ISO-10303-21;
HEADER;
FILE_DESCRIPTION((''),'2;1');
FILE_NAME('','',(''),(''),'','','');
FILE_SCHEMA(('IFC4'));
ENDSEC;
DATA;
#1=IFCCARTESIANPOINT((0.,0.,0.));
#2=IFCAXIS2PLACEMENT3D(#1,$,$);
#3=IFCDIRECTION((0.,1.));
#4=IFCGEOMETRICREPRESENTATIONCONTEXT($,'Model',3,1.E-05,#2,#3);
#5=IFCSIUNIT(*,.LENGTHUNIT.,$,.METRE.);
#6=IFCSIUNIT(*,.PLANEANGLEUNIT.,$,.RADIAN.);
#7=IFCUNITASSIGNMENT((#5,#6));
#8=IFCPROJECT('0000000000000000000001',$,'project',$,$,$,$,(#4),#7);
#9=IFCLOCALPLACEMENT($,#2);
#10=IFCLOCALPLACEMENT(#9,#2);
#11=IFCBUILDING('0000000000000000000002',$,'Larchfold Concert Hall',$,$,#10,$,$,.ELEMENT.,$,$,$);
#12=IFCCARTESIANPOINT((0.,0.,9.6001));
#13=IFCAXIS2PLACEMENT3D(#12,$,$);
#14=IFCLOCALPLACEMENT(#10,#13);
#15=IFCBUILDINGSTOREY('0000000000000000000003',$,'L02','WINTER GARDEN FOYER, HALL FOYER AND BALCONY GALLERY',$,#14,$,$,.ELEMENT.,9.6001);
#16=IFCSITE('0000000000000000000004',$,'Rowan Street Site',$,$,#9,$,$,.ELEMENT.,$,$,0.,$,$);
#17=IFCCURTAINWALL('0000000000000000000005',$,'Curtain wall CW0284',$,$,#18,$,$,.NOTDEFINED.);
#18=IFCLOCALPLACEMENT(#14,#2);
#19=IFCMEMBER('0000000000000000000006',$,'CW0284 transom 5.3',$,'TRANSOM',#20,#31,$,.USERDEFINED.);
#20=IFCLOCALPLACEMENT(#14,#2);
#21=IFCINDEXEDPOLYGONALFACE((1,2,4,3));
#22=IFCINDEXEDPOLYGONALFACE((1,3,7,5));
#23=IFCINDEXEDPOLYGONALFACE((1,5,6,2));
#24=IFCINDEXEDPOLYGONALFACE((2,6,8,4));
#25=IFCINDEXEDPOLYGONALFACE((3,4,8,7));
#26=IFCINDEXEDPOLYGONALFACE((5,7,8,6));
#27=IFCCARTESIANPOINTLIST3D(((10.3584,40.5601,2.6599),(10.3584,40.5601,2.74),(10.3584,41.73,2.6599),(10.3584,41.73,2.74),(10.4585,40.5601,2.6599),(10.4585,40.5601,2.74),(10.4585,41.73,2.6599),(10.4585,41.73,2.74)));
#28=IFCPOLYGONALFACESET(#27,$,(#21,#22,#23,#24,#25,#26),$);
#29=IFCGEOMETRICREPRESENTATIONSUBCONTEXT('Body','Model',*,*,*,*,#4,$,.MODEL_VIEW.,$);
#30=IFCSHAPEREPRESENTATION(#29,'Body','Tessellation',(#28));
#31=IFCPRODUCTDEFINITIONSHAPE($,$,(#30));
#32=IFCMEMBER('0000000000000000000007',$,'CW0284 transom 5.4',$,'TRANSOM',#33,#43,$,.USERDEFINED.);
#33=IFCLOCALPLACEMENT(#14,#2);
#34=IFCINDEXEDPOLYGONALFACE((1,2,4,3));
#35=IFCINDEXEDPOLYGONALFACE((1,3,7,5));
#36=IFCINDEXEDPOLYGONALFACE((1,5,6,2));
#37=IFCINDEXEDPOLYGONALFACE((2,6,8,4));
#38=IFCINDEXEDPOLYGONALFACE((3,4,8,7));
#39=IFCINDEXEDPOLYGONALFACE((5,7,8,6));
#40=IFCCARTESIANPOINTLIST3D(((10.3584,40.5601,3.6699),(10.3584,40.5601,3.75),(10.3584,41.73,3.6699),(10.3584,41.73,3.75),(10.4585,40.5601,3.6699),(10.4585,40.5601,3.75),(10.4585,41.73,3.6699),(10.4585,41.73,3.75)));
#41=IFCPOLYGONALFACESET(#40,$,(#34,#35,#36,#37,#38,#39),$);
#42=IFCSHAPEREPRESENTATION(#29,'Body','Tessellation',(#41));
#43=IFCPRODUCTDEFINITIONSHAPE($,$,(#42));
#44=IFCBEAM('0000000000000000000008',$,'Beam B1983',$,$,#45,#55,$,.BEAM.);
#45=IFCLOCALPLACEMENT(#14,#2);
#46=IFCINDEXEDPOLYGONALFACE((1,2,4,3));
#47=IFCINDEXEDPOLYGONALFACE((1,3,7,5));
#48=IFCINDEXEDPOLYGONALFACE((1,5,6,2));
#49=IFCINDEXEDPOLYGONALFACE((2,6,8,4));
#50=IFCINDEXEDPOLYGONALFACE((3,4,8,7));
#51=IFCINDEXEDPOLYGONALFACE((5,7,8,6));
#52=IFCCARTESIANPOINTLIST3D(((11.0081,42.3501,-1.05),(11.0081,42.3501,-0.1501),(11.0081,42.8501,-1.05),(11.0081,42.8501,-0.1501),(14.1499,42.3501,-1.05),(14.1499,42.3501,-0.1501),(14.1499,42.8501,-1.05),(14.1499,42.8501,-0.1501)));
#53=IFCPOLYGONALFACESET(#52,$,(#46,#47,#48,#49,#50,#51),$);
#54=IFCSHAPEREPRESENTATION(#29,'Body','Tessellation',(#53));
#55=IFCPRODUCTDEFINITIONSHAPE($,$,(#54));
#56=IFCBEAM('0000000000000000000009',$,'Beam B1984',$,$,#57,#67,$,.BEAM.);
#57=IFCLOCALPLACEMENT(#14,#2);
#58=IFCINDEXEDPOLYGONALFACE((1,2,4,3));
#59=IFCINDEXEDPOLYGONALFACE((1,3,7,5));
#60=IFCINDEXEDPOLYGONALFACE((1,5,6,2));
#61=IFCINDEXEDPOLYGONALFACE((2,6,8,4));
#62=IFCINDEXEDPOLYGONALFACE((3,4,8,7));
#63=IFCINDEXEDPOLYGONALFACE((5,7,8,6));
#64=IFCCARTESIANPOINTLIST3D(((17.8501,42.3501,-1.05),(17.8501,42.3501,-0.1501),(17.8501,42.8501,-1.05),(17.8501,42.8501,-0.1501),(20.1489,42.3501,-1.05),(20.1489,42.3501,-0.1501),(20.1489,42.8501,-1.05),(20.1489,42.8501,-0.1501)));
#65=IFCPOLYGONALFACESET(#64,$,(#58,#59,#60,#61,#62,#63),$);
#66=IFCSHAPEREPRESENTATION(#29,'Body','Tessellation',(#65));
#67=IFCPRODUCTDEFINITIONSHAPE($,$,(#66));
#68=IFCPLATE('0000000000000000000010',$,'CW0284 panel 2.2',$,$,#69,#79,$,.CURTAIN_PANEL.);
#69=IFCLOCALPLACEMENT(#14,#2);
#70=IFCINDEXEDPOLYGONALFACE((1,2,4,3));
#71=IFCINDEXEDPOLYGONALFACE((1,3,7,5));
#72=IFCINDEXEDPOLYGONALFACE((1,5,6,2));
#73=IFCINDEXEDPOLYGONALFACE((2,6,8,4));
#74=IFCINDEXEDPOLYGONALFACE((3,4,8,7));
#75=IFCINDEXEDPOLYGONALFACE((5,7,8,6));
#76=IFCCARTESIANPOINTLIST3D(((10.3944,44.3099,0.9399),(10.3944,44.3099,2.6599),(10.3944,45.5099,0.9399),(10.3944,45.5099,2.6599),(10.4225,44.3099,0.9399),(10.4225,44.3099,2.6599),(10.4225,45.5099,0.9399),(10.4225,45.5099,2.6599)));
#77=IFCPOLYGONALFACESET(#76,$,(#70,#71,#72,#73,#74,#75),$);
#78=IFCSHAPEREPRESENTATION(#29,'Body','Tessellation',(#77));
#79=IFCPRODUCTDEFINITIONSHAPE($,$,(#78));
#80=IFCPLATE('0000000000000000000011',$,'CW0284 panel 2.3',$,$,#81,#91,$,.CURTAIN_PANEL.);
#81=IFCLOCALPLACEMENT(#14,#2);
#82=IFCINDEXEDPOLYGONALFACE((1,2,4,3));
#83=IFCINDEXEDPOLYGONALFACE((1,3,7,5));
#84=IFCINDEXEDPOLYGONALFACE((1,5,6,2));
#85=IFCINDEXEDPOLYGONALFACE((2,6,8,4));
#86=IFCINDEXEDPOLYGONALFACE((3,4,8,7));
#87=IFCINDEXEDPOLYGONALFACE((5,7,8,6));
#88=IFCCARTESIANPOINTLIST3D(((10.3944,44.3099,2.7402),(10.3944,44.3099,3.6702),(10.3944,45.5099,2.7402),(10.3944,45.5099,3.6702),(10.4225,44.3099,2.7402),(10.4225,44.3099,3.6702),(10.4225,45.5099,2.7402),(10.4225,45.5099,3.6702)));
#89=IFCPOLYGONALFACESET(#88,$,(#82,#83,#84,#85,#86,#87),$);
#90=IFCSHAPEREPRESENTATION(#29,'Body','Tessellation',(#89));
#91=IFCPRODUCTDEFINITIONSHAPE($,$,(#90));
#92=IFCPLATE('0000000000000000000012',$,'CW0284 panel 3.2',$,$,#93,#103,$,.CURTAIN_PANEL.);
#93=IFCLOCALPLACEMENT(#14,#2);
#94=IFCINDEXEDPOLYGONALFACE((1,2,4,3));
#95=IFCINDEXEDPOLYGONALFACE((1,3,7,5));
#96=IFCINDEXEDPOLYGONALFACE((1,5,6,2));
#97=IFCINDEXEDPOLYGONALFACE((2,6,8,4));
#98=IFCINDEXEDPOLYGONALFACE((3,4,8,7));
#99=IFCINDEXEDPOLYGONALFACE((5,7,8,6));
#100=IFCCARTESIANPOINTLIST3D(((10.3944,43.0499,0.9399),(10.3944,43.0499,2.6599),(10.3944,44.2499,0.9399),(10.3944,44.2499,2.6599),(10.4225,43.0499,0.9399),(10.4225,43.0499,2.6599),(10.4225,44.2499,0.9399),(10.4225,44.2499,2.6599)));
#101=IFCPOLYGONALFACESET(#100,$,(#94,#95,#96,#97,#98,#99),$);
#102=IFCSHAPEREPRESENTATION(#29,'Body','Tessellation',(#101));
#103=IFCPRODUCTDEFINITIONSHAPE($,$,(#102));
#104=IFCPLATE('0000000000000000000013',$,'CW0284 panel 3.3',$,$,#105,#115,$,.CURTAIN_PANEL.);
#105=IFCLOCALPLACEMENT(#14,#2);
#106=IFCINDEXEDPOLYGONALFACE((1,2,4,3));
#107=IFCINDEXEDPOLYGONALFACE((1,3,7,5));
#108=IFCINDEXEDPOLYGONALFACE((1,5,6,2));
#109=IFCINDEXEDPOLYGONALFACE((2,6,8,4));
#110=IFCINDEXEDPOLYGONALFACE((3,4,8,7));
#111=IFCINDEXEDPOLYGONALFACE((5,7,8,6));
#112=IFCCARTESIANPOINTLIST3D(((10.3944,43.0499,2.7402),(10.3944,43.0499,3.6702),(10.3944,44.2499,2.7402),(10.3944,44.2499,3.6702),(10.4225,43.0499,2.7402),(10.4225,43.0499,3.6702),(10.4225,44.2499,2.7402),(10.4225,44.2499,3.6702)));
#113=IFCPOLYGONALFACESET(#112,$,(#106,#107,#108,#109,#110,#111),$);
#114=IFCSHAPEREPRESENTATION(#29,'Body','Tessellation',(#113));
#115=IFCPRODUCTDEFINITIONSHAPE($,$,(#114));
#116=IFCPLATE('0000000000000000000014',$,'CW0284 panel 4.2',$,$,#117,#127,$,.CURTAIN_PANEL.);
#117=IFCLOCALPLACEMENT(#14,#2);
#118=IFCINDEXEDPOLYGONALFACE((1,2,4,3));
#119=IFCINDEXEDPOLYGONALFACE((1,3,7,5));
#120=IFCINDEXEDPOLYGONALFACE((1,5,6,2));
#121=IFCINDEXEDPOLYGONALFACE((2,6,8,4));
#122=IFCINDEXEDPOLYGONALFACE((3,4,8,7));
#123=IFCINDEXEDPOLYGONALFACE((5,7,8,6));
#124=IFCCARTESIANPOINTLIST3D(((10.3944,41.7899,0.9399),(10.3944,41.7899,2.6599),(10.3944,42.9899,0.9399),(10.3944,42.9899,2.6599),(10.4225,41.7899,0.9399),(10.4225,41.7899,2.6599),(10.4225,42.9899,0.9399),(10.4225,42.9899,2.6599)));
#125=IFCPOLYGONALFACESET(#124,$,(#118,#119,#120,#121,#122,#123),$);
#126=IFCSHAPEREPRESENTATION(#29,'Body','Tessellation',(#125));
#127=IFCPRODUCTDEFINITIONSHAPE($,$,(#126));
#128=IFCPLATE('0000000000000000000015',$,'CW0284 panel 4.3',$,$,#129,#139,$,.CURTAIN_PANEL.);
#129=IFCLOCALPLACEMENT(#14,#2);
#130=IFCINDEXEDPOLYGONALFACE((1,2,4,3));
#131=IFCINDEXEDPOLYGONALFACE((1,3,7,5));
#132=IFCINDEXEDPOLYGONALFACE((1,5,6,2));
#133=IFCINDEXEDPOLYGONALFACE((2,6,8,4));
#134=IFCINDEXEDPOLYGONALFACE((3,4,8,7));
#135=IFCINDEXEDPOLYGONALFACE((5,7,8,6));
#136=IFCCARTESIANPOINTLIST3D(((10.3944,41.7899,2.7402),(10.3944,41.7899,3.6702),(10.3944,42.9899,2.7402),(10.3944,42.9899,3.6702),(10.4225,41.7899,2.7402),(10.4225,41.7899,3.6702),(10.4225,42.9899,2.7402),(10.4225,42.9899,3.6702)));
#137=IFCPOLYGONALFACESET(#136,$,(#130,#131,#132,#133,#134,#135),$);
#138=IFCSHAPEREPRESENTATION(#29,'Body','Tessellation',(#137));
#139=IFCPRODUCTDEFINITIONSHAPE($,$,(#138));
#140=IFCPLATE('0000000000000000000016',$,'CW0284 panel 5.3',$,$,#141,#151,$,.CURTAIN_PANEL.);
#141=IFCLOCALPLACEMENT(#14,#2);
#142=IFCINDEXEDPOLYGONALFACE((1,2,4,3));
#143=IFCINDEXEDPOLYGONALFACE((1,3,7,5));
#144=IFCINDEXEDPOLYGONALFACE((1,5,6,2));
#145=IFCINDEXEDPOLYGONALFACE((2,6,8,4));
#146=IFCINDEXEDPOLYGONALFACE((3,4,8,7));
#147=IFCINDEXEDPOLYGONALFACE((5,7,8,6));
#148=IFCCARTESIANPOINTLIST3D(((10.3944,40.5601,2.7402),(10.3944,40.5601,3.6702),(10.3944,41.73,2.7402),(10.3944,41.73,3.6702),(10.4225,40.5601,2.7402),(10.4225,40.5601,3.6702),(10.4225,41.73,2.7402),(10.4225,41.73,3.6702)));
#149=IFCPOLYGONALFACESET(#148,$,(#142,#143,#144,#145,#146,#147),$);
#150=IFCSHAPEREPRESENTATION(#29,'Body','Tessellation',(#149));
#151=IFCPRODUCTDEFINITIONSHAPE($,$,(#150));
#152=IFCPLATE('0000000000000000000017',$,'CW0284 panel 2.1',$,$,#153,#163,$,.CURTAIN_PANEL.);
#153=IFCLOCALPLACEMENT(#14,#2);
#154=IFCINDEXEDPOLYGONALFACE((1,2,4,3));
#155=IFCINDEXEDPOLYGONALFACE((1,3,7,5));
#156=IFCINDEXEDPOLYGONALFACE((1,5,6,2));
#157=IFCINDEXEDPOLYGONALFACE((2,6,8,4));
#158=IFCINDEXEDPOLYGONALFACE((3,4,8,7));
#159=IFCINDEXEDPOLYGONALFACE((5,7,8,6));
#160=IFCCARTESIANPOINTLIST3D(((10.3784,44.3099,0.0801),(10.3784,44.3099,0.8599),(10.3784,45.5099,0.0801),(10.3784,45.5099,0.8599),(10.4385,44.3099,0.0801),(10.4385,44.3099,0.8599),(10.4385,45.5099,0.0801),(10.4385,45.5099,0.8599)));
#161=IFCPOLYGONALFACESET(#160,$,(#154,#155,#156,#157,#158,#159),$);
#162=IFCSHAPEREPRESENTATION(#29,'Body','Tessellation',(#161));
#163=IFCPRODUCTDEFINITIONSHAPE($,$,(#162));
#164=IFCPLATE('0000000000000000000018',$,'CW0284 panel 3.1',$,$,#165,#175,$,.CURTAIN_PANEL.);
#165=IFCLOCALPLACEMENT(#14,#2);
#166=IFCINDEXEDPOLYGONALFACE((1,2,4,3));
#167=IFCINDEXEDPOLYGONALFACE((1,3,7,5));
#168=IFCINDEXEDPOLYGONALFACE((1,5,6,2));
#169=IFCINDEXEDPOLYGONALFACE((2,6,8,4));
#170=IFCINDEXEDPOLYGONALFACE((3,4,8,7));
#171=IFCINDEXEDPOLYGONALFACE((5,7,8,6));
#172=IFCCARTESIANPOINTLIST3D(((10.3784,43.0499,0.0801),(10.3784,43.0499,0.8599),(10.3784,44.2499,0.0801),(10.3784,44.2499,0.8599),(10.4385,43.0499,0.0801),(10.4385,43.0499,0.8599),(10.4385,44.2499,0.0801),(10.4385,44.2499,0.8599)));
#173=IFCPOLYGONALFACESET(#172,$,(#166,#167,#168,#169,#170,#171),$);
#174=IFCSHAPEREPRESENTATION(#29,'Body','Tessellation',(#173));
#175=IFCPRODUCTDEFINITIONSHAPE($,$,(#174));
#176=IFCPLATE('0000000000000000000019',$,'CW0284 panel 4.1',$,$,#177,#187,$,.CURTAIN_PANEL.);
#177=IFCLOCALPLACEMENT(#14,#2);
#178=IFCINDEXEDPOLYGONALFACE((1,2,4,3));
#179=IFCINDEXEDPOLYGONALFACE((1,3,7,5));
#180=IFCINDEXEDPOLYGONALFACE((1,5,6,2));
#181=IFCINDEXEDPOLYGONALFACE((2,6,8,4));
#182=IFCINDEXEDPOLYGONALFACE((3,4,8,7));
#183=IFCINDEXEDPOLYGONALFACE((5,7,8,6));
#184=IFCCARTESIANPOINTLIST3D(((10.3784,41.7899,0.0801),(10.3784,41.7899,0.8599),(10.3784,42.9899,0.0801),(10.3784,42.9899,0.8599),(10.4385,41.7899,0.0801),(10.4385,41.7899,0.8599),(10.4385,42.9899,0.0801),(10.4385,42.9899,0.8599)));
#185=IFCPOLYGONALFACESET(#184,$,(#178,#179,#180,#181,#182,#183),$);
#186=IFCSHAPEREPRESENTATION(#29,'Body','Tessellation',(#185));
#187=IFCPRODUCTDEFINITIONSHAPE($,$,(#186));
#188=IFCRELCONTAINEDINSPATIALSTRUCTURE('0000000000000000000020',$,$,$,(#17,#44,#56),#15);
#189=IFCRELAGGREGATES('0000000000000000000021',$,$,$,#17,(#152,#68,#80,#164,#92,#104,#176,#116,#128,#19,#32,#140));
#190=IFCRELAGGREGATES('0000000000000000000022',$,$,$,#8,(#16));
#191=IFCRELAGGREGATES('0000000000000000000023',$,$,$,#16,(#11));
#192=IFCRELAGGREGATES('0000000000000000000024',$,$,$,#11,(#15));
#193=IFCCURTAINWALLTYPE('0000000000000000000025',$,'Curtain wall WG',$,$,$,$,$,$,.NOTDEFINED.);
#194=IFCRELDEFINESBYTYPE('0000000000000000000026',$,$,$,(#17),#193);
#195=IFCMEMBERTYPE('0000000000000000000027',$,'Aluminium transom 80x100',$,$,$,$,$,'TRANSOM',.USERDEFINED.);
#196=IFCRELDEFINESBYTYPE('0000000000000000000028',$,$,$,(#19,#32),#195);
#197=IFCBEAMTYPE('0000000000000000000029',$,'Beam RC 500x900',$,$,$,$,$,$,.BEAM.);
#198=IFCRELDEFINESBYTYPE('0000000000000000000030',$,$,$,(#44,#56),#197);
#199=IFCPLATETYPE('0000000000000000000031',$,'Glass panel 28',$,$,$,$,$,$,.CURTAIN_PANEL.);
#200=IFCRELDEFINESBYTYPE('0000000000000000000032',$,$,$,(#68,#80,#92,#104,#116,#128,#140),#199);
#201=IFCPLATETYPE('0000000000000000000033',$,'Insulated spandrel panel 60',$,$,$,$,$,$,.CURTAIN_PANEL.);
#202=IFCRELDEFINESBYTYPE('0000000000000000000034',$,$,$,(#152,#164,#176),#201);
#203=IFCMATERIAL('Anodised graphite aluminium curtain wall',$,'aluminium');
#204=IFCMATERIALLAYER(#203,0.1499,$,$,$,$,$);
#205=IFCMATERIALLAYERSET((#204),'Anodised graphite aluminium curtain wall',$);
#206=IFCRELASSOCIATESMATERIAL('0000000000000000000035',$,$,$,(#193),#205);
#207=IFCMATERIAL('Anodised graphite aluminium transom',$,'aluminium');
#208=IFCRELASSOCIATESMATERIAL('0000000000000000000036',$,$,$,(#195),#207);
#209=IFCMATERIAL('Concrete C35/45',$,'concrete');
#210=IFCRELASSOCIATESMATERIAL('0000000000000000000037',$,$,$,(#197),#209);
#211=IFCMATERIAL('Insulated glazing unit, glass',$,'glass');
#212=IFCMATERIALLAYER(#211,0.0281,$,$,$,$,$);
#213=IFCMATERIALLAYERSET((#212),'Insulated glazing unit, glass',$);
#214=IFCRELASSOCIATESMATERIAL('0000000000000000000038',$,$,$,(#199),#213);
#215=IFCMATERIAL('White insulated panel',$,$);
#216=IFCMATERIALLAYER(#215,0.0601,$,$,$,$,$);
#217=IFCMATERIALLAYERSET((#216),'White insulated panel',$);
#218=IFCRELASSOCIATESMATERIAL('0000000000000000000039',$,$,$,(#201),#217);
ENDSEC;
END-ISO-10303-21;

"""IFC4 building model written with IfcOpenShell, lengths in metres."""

from ifc_helpers import new_model, si_unit, direction, frame, origin, origin_2d, place, context, subcontext, project, spatial, rectangle, extrude, material, layer, layer_set, material_profile, profile_set, type_object, element, aggregate, save


model = new_model("IFC4")

# Units and contexts
model_context = context("Model", 3, precision=1e-05, world=origin(), true_north=direction((0.0, 1.0)))
body_context = subcontext(model_context, "Body", "Model", "MODEL_VIEW")
ifc_project = project(units=[si_unit("LENGTHUNIT", "METRE"), si_unit("PLANEANGLEUNIT", "RADIAN")], contexts=[model_context])

# Site, building, storey
site_placement = place(None, origin())
site = spatial("IfcSite", under=ifc_project, at=site_placement, Name="Rowan Street Site", CompositionType="ELEMENT", RefElevation=0.0)
building_placement = place(site_placement, origin())
building = spatial("IfcBuilding", under=site, at=building_placement, Name="Larchfold Concert Hall", CompositionType="ELEMENT")
storey_placement = place(building_placement, frame((0.0, 0.0, 9.6001)))
storey = spatial("IfcBuildingStorey", under=building, at=storey_placement, Name="L02", Description="WINTER GARDEN FOYER, HALL FOYER AND BALCONY GALLERY", CompositionType="ELEMENT", Elevation=9.6001)

# Curtain wall, members
ifc_material_1 = material(Name="Anodised graphite aluminium curtain wall", Category="aluminium")
ifc_layer_1 = layer(ifc_material_1, 0.1499)
ifc_layer_set_1 = layer_set([ifc_layer_1], Name="Anodised graphite aluminium curtain wall")
curtain_wall_type = type_object("IfcCurtainWallType", Name="Curtain wall WG", PredefinedType="NOTDEFINED", material=ifc_layer_set_1)
curtain_wall_placement = place(storey_placement, origin())
curtain_wall = element("IfcCurtainWall", 1, at=curtain_wall_placement, inside=storey, type_object=curtain_wall_type, Name="Curtain wall CW0284", PredefinedType="NOTDEFINED")
ifc_material_2 = material(Name="Anodised graphite aluminium transom", Category="aluminium")
ifc_material_profile_1 = material_profile(ifc_material_2, rectangle(XDim=0.1001, YDim=0.0801, at=origin_2d()))
ifc_profile_set_1 = profile_set([ifc_material_profile_1], Name="Anodised graphite aluminium transom")
member_type_1 = type_object("IfcMemberType", Name="Aluminium transom 80x100", ElementType="TRANSOM", PredefinedType="USERDEFINED", material=ifc_profile_set_1)
member_1_placement = place(storey_placement, frame((10.4084, 41.73, 2.7), z_axis=(0.0, -1.0, 0.0), x_axis=(1.0, 0.0, 0.0)))
member_1 = element("IfcMember", 2, at=member_1_placement, type_object=member_type_1, Name="CW0284 transom 5.3", ObjectType="TRANSOM", PredefinedType="USERDEFINED", context=body_context, shape_type="SweptSolid", body=[
    extrude(rectangle(XDim=0.1001, YDim=0.0801, at=origin_2d()), origin(), (0.0, 0.0, 1.0), 1.1699),
])
member_2_placement = place(storey_placement, frame((10.4084, 41.73, 3.71), z_axis=(0.0, -1.0, 0.0), x_axis=(1.0, 0.0, 0.0)))
member_2 = element("IfcMember", 3, at=member_2_placement, type_object=member_type_1, Name="CW0284 transom 5.4", ObjectType="TRANSOM", PredefinedType="USERDEFINED", context=body_context, shape_type="SweptSolid", body=[
    extrude(rectangle(XDim=0.1001, YDim=0.0801, at=origin_2d()), origin(), (0.0, 0.0, 1.0), 1.1699),
])

# Beams
ifc_material_3 = material(Name="Concrete C35/45", Category="concrete")
ifc_material_profile_2 = material_profile(ifc_material_3, rectangle(XDim=0.5, YDim=0.8999, at=origin_2d()))
ifc_profile_set_2 = profile_set([ifc_material_profile_2], Name="Concrete C35/45")
beam_type = type_object("IfcBeamType", Name="Beam RC 500x900", PredefinedType="BEAM", material=ifc_profile_set_2)
beam_1_placement = place(storey_placement, frame((11.0081, 42.6001, -0.6001), z_axis=(1.0, 0.0, 0.0), x_axis=(0.0, 1.0, 0.0)))
element("IfcBeam", 4, at=beam_1_placement, inside=storey, type_object=beam_type, Name="Beam B1983", PredefinedType="BEAM", context=body_context, shape_type="SweptSolid", body=[
    extrude(rectangle(XDim=0.5, YDim=0.8999, at=origin_2d()), origin(), (0.0, 0.0, 1.0), 3.1418),
])
beam_2_placement = place(storey_placement, frame((17.8501, 42.6001, -0.6001), z_axis=(1.0, 0.0, 0.0), x_axis=(0.0, 1.0, 0.0)))
element("IfcBeam", 5, at=beam_2_placement, inside=storey, type_object=beam_type, Name="Beam B1984", PredefinedType="BEAM", context=body_context, shape_type="SweptSolid", body=[
    extrude(rectangle(XDim=0.5, YDim=0.8999, at=origin_2d()), origin(), (0.0, 0.0, 1.0), 2.2988),
])

# Plates
ifc_material_4 = material(Name="Insulated glazing unit, glass", Category="glass")
ifc_layer_2 = layer(ifc_material_4, 0.0281)
ifc_layer_set_2 = layer_set([ifc_layer_2], Name="Insulated glazing unit, glass")
plate_type_1 = type_object("IfcPlateType", Name="Glass panel 28", PredefinedType="CURTAIN_PANEL", material=ifc_layer_set_2)
plate_1_placement = place(storey_placement, frame((10.4084, 44.9099, 0.9399), z_axis=(0.0, 0.0, 1.0), x_axis=(0.0, -1.0, 0.0)))
plate_1 = element("IfcPlate", 6, at=plate_1_placement, type_object=plate_type_1, Name="CW0284 panel 2.2", PredefinedType="CURTAIN_PANEL", context=body_context, shape_type="SweptSolid", body=[
    extrude(rectangle(XDim=1.2, YDim=0.0281, at=origin_2d()), origin(), (0.0, 0.0, 1.0), 1.72),
])
plate_2_placement = place(storey_placement, frame((10.4084, 44.9099, 2.7402), z_axis=(0.0, 0.0, 1.0), x_axis=(0.0, -1.0, 0.0)))
plate_2 = element("IfcPlate", 7, at=plate_2_placement, type_object=plate_type_1, Name="CW0284 panel 2.3", PredefinedType="CURTAIN_PANEL", context=body_context, shape_type="SweptSolid", body=[
    extrude(rectangle(XDim=1.2, YDim=0.0281, at=origin_2d()), origin(), (0.0, 0.0, 1.0), 0.9299),
])
plate_3_placement = place(storey_placement, frame((10.4084, 43.6499, 0.9399), z_axis=(0.0, 0.0, 1.0), x_axis=(0.0, -1.0, 0.0)))
plate_3 = element("IfcPlate", 8, at=plate_3_placement, type_object=plate_type_1, Name="CW0284 panel 3.2", PredefinedType="CURTAIN_PANEL", context=body_context, shape_type="SweptSolid", body=[
    extrude(rectangle(XDim=1.2, YDim=0.0281, at=origin_2d()), origin(), (0.0, 0.0, 1.0), 1.72),
])
plate_4_placement = place(storey_placement, frame((10.4084, 43.6499, 2.7402), z_axis=(0.0, 0.0, 1.0), x_axis=(0.0, -1.0, 0.0)))
plate_4 = element("IfcPlate", 9, at=plate_4_placement, type_object=plate_type_1, Name="CW0284 panel 3.3", PredefinedType="CURTAIN_PANEL", context=body_context, shape_type="SweptSolid", body=[
    extrude(rectangle(XDim=1.2, YDim=0.0281, at=origin_2d()), origin(), (0.0, 0.0, 1.0), 0.9299),
])
plate_5_placement = place(storey_placement, frame((10.4084, 42.3899, 0.9399), z_axis=(0.0, 0.0, 1.0), x_axis=(0.0, -1.0, 0.0)))
plate_5 = element("IfcPlate", 10, at=plate_5_placement, type_object=plate_type_1, Name="CW0284 panel 4.2", PredefinedType="CURTAIN_PANEL", context=body_context, shape_type="SweptSolid", body=[
    extrude(rectangle(XDim=1.2, YDim=0.0281, at=origin_2d()), origin(), (0.0, 0.0, 1.0), 1.72),
])
plate_6_placement = place(storey_placement, frame((10.4084, 42.3899, 2.7402), z_axis=(0.0, 0.0, 1.0), x_axis=(0.0, -1.0, 0.0)))
plate_6 = element("IfcPlate", 11, at=plate_6_placement, type_object=plate_type_1, Name="CW0284 panel 4.3", PredefinedType="CURTAIN_PANEL", context=body_context, shape_type="SweptSolid", body=[
    extrude(rectangle(XDim=1.2, YDim=0.0281, at=origin_2d()), origin(), (0.0, 0.0, 1.0), 0.9299),
])
plate_7_placement = place(storey_placement, frame((10.4084, 41.145, 2.7402), z_axis=(0.0, 0.0, 1.0), x_axis=(0.0, -1.0, 0.0)))
plate_7 = element("IfcPlate", 12, at=plate_7_placement, type_object=plate_type_1, Name="CW0284 panel 5.3", PredefinedType="CURTAIN_PANEL", context=body_context, shape_type="SweptSolid", body=[
    extrude(rectangle(XDim=1.1699, YDim=0.0281, at=origin_2d()), origin(), (0.0, 0.0, 1.0), 0.9299),
])
ifc_material_5 = material(Name="White insulated panel")
ifc_layer_3 = layer(ifc_material_5, 0.0601)
ifc_layer_set_3 = layer_set([ifc_layer_3], Name="White insulated panel")
plate_type_2 = type_object("IfcPlateType", Name="Insulated spandrel panel 60", PredefinedType="CURTAIN_PANEL", material=ifc_layer_set_3)
plate_8_placement = place(storey_placement, frame((10.4084, 44.9099, 0.0801), z_axis=(0.0, 0.0, 1.0), x_axis=(0.0, -1.0, 0.0)))
plate_8 = element("IfcPlate", 13, at=plate_8_placement, type_object=plate_type_2, Name="CW0284 panel 2.1", PredefinedType="CURTAIN_PANEL", context=body_context, shape_type="SweptSolid", body=[
    extrude(rectangle(XDim=1.2, YDim=0.0601, at=origin_2d()), origin(), (0.0, 0.0, 1.0), 0.7798),
])
plate_9_placement = place(storey_placement, frame((10.4084, 43.6499, 0.0801), z_axis=(0.0, 0.0, 1.0), x_axis=(0.0, -1.0, 0.0)))
plate_9 = element("IfcPlate", 14, at=plate_9_placement, type_object=plate_type_2, Name="CW0284 panel 3.1", PredefinedType="CURTAIN_PANEL", context=body_context, shape_type="SweptSolid", body=[
    extrude(rectangle(XDim=1.2, YDim=0.0601, at=origin_2d()), origin(), (0.0, 0.0, 1.0), 0.7798),
])
plate_10_placement = place(storey_placement, frame((10.4084, 42.3899, 0.0801), z_axis=(0.0, 0.0, 1.0), x_axis=(0.0, -1.0, 0.0)))
plate_10 = element("IfcPlate", 15, at=plate_10_placement, type_object=plate_type_2, Name="CW0284 panel 4.1", PredefinedType="CURTAIN_PANEL", context=body_context, shape_type="SweptSolid", body=[
    extrude(rectangle(XDim=1.2, YDim=0.0601, at=origin_2d()), origin(), (0.0, 0.0, 1.0), 0.7798),
])
aggregate(curtain_wall, [plate_8, plate_1, plate_2, plate_9, plate_3, plate_4, plate_10, plate_5, plate_6, member_1, member_2, plate_7])

save(model, "model.ifc")
